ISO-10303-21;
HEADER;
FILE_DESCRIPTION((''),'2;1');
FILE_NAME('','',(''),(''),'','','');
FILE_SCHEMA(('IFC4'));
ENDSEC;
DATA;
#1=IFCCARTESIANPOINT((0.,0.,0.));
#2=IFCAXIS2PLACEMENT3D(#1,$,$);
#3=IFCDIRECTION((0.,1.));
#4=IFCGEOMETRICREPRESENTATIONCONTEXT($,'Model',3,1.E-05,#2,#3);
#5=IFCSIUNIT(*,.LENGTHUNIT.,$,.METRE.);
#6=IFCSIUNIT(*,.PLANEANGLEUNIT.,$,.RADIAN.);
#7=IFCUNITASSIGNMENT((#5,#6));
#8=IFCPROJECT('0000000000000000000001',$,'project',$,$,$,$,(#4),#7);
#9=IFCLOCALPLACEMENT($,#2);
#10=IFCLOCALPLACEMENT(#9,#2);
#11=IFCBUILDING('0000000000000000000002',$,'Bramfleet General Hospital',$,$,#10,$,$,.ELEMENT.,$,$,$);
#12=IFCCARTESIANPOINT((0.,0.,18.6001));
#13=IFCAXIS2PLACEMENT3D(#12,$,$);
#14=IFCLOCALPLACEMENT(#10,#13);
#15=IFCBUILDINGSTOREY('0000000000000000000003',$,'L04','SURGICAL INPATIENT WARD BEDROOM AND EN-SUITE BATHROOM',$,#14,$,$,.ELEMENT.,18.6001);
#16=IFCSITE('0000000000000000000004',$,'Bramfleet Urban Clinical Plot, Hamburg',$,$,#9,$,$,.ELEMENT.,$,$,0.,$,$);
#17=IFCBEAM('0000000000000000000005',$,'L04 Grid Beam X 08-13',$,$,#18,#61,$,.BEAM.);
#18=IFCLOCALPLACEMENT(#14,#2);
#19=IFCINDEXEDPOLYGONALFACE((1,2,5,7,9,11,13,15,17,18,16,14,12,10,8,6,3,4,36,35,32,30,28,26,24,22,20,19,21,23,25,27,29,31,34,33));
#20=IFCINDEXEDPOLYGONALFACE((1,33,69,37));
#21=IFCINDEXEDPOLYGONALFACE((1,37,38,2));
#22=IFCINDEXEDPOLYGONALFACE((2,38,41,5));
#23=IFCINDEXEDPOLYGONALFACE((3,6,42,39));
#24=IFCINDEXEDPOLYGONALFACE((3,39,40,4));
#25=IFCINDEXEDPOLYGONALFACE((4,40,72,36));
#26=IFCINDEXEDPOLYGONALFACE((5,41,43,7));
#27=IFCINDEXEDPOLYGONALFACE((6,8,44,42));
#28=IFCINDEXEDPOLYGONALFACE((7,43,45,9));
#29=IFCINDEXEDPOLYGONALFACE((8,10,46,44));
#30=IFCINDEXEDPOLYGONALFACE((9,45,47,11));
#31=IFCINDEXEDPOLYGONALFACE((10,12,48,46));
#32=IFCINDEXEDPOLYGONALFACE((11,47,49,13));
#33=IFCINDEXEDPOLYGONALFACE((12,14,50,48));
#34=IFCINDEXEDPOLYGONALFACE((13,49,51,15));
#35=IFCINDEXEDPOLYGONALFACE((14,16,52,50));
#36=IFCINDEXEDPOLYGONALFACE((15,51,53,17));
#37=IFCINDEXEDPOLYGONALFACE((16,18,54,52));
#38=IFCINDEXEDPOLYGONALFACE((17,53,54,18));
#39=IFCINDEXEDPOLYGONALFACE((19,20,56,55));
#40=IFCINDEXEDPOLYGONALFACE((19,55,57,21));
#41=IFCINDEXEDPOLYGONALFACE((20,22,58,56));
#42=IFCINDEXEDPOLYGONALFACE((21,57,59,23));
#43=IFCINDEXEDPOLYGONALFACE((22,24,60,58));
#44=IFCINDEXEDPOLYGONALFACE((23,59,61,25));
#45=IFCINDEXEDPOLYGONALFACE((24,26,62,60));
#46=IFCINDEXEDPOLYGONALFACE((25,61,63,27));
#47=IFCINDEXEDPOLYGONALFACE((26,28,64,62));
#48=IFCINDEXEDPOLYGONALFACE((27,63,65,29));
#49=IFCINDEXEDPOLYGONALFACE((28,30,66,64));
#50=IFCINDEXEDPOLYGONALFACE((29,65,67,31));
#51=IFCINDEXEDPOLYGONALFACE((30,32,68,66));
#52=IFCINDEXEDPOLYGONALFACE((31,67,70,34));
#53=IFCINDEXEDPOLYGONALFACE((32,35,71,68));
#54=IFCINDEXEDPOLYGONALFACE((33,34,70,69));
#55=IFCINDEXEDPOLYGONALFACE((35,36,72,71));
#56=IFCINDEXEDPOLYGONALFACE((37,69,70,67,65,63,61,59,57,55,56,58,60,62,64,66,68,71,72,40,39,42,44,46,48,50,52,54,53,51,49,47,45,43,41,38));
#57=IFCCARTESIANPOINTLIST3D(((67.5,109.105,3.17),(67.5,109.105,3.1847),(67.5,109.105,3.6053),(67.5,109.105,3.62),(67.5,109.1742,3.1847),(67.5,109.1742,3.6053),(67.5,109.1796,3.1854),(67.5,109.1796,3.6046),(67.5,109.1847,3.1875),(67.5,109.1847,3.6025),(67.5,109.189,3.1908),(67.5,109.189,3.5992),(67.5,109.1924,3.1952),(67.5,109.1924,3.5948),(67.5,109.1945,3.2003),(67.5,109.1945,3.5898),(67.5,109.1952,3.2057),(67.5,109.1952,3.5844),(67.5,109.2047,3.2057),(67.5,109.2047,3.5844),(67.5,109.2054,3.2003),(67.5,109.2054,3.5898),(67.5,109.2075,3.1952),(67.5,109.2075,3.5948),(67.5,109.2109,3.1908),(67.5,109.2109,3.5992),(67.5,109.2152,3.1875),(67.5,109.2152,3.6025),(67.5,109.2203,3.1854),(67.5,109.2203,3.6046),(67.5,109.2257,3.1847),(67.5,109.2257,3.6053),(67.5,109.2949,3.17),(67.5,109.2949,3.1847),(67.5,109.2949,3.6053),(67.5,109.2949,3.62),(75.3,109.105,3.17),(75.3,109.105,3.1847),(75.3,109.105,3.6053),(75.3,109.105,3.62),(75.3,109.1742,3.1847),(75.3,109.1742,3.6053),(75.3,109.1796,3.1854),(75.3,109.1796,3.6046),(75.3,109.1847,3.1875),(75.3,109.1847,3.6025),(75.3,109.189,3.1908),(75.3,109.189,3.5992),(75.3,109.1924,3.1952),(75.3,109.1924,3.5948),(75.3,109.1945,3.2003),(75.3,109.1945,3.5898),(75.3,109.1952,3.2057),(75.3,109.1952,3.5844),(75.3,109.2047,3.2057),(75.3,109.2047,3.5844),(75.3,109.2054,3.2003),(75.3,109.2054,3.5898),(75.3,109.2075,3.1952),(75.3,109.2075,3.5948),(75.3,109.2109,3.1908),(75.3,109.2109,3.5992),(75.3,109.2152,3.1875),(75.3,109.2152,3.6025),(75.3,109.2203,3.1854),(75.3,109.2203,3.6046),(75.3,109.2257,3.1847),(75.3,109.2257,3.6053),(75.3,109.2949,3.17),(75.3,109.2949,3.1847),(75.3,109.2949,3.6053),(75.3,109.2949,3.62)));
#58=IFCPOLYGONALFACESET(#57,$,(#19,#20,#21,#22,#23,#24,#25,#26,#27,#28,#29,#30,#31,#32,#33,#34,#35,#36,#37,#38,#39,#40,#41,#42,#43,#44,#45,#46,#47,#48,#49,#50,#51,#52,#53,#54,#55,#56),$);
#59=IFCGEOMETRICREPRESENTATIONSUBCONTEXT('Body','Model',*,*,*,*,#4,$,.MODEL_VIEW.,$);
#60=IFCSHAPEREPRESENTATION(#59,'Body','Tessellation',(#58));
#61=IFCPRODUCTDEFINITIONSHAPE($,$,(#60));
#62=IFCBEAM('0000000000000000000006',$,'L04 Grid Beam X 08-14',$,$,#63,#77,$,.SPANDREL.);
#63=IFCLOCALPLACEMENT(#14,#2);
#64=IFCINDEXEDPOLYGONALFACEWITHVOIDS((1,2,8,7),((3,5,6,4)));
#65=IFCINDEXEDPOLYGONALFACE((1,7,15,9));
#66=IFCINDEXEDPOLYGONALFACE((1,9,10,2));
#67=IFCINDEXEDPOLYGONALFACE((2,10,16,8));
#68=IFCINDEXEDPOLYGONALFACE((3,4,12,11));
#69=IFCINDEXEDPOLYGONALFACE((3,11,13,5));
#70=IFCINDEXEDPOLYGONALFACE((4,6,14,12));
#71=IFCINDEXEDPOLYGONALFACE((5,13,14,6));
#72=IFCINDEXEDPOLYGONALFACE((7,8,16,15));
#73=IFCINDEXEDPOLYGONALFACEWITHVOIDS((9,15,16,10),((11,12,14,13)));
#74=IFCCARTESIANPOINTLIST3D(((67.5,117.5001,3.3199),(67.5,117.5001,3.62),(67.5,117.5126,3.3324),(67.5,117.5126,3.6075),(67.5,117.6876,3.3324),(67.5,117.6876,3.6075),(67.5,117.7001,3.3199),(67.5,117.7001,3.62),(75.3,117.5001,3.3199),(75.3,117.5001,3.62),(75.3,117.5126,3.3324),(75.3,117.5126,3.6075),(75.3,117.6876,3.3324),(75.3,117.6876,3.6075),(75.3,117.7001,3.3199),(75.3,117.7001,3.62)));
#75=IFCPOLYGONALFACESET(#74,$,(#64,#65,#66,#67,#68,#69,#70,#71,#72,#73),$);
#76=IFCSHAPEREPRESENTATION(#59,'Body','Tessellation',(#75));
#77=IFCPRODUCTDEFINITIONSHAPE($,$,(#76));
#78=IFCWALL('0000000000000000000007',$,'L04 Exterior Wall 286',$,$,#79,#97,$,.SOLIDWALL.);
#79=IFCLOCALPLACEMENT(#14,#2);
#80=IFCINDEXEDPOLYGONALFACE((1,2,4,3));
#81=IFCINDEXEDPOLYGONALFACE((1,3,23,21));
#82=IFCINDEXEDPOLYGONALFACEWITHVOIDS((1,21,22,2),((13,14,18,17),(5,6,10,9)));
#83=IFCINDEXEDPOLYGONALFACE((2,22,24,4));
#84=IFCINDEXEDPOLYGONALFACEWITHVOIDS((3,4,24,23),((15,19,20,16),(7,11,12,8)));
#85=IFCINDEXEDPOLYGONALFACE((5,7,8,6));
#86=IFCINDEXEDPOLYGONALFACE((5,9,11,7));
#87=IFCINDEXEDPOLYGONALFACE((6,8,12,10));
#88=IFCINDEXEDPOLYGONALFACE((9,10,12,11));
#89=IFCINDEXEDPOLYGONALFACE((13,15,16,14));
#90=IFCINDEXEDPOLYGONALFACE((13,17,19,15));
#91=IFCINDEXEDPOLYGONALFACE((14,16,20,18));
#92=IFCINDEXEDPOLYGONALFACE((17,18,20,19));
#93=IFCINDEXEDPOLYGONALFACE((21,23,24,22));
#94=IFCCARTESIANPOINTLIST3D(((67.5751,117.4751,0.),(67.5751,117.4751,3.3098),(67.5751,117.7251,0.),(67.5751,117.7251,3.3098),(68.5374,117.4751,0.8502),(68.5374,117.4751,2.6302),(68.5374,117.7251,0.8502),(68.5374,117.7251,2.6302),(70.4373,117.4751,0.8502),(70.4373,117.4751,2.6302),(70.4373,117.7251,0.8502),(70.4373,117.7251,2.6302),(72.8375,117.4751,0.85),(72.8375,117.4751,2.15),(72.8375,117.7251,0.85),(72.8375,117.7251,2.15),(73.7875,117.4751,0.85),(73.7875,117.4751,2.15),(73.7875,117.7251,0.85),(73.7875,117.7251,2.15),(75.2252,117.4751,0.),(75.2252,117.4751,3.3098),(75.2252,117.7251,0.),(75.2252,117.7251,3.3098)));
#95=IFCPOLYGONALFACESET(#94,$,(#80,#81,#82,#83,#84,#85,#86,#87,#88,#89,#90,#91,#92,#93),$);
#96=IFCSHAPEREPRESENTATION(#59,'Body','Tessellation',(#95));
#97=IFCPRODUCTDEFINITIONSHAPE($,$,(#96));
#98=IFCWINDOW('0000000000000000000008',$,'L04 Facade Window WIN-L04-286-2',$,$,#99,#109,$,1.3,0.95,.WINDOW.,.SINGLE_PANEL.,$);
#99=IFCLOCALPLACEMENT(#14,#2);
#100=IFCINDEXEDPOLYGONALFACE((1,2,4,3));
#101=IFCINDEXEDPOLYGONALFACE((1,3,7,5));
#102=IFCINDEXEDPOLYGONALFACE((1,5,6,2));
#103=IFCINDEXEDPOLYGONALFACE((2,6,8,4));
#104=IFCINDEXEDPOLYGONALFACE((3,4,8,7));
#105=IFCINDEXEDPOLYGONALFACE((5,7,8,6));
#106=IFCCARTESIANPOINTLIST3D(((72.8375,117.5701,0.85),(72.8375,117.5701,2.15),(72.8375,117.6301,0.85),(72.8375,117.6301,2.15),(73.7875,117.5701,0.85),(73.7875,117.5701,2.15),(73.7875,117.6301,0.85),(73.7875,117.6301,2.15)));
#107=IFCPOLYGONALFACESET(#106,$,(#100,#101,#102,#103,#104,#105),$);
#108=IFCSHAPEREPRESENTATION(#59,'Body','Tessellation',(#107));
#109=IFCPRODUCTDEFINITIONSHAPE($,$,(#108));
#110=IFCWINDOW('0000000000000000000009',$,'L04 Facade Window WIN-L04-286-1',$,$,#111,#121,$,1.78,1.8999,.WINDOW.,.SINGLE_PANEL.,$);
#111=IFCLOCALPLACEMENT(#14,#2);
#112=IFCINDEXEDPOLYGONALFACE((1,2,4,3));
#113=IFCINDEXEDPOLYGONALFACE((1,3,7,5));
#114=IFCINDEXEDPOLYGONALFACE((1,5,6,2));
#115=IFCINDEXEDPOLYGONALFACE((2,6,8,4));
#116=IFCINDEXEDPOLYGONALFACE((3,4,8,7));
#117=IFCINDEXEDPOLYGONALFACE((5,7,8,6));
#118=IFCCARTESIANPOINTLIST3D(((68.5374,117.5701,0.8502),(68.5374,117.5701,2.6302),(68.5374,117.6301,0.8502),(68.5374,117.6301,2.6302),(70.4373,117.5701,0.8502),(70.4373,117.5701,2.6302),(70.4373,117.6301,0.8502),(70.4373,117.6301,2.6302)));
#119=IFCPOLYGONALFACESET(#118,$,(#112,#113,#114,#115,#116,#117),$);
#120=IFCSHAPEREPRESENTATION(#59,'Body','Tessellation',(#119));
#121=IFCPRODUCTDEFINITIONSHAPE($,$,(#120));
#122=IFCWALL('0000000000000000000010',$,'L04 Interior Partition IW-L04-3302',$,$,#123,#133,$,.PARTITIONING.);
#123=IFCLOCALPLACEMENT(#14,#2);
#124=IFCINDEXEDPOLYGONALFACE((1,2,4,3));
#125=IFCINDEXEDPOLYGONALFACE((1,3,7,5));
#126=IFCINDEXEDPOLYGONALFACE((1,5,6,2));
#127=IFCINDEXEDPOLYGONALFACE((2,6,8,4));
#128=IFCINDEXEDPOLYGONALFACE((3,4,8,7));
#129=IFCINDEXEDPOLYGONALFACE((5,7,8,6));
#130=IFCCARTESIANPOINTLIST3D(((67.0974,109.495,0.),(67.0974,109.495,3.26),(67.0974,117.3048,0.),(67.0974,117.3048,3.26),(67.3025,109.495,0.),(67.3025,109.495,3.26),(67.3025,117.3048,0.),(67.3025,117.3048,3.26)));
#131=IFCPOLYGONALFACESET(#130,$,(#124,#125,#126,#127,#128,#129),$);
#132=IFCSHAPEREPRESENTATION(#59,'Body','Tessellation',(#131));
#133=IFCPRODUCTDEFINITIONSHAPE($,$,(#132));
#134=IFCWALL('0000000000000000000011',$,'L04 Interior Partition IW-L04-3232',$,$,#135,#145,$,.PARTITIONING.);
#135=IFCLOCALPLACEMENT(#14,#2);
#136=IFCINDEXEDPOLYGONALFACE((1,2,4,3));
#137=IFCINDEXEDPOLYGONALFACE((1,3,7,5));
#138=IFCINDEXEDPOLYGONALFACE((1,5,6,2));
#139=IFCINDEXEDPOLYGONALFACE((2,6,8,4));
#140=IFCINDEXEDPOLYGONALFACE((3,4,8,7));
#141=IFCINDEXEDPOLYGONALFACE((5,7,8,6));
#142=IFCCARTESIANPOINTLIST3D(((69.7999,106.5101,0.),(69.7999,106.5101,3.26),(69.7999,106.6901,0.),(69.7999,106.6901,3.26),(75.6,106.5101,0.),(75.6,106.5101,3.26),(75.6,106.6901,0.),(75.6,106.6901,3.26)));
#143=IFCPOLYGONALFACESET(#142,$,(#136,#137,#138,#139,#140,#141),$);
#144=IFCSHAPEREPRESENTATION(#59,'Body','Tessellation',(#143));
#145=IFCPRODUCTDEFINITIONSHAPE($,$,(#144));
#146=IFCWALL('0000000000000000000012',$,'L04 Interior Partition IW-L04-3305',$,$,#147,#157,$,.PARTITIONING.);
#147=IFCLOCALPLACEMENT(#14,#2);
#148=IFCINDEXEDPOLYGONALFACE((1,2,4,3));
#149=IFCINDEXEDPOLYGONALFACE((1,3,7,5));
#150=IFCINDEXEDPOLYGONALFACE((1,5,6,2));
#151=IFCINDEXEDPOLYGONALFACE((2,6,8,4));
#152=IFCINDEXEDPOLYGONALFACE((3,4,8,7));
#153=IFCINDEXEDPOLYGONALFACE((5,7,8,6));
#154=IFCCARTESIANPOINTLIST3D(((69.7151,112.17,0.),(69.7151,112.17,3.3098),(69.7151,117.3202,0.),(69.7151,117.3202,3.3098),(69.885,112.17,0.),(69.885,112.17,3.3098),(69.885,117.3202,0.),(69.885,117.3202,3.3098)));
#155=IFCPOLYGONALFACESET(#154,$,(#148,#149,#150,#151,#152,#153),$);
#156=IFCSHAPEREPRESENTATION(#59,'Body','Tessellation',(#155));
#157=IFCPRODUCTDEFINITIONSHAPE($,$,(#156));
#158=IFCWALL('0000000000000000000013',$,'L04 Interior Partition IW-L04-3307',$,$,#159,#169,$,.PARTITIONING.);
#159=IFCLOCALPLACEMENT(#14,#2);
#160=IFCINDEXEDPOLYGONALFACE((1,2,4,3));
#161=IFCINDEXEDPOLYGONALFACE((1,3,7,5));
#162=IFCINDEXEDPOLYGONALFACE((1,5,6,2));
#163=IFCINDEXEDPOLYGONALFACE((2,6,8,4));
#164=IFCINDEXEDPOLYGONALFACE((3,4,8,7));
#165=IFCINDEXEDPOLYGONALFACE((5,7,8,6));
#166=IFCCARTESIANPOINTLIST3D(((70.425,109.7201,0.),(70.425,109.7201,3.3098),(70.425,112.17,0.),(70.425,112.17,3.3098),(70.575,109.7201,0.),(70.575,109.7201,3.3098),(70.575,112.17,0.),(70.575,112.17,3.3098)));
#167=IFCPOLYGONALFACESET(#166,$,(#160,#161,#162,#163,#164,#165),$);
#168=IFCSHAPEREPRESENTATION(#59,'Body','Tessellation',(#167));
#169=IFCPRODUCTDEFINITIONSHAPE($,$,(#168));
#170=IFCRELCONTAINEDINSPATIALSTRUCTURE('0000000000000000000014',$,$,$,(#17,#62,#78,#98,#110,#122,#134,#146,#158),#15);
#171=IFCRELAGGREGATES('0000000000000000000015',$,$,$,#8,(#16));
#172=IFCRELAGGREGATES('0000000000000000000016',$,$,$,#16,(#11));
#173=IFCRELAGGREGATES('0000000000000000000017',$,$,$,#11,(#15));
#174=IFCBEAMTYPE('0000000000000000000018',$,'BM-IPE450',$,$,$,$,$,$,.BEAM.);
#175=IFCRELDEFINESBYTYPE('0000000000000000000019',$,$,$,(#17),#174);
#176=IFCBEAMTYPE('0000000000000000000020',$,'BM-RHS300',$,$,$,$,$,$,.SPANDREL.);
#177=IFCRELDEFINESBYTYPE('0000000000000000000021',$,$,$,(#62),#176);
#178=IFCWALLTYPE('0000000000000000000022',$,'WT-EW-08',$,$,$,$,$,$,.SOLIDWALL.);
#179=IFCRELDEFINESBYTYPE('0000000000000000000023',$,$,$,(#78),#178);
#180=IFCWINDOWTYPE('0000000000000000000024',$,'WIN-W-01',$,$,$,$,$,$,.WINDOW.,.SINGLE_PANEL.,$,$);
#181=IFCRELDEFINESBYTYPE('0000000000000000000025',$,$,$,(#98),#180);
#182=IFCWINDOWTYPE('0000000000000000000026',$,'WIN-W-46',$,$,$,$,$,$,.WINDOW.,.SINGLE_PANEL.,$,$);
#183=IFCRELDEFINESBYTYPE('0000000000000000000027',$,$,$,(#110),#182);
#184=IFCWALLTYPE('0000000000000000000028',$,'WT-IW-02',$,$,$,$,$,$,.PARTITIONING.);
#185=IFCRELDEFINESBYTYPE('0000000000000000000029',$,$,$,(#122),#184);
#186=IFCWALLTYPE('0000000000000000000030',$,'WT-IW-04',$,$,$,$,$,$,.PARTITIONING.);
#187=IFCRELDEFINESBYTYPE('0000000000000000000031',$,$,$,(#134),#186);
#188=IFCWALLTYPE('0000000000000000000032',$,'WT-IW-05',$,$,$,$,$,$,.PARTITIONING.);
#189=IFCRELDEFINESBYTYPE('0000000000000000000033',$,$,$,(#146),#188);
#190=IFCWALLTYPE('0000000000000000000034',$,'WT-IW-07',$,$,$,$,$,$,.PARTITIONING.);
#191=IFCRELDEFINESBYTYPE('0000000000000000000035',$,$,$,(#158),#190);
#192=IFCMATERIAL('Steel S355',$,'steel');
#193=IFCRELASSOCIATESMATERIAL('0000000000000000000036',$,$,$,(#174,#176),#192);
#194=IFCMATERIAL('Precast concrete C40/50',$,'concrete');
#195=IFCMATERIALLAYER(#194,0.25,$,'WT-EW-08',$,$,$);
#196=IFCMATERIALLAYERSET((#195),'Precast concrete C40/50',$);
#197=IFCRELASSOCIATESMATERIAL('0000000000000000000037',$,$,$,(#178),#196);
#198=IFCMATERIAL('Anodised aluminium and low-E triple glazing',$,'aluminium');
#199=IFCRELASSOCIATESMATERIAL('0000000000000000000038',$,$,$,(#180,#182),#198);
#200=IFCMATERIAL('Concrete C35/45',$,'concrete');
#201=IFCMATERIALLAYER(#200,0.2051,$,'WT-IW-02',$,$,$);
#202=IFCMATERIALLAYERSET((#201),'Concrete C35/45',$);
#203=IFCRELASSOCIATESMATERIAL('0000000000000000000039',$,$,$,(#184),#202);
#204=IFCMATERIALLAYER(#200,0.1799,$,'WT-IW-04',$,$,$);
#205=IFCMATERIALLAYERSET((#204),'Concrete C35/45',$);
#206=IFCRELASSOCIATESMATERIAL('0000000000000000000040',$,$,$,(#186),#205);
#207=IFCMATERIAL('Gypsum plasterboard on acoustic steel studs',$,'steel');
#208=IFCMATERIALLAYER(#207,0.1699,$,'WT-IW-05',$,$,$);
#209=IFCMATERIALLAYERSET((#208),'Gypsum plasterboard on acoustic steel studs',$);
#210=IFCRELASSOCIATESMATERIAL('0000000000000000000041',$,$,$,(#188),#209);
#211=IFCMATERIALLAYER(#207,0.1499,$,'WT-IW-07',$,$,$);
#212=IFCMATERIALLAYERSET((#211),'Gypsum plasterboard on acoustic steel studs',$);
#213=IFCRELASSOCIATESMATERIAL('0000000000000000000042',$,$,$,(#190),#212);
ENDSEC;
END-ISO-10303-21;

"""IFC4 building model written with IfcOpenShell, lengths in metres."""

from ifc_helpers import new_model, si_unit, direction, frame, frame_2d, origin, origin_2d, place, context, subcontext, project, spatial, rectangle, hollow_rectangle, i_section, extrude, material, layer, layer_set, material_profile, profile_set, type_object, element, fill, save


model = new_model("IFC4")

# Units and contexts
model_context = context("Model", 3, precision=1e-05, world=origin(), true_north=direction((0.0, 1.0)))
body_context = subcontext(model_context, "Body", "Model", "MODEL_VIEW")
ifc_project = project(units=[si_unit("LENGTHUNIT", "METRE"), si_unit("PLANEANGLEUNIT", "RADIAN")], contexts=[model_context])

# Site, building, storey
site_placement = place(None, origin())
site = spatial("IfcSite", under=ifc_project, at=site_placement, Name="Bramfleet Urban Clinical Plot, Hamburg", CompositionType="ELEMENT", RefElevation=0.0)
building_placement = place(site_placement, origin())
building = spatial("IfcBuilding", under=site, at=building_placement, Name="Bramfleet General Hospital", CompositionType="ELEMENT")
storey_placement = place(building_placement, frame((0.0, 0.0, 18.6001)))
storey = spatial("IfcBuildingStorey", under=building, at=storey_placement, Name="L04", Description="SURGICAL INPATIENT WARD BEDROOM AND EN-SUITE BATHROOM", CompositionType="ELEMENT", Elevation=18.6001)

# Beams
ifc_material_1 = material(Name="Steel S355", Category="steel")
ifc_material_profile_1 = material_profile(ifc_material_1, i_section(OverallWidth=0.1899, OverallDepth=0.45, WebThickness=0.0095, FlangeThickness=0.0146, FilletRadius=0.021, at=origin_2d()), Name="IPE 450")
ifc_profile_set_1 = profile_set([ifc_material_profile_1], Name="Steel S355")
beam_type_1 = type_object("IfcBeamType", Name="BM-IPE450", PredefinedType="BEAM", material=ifc_profile_set_1)
beam_1_placement = place(storey_placement, frame((67.5, 109.2, 3.395), z_axis=(1.0, 0.0, 0.0), x_axis=(0.0, 1.0, 0.0)))
element("IfcBeam", 1, at=beam_1_placement, inside=storey, type_object=beam_type_1, Name="L04 Grid Beam X 08-13", PredefinedType="BEAM", context=body_context, shape_type="SweptSolid", body=[
    extrude(i_section(OverallWidth=0.1899, OverallDepth=0.45, WebThickness=0.0095, FlangeThickness=0.0146, FilletRadius=0.021, at=origin_2d()), origin(), (0.0, 0.0, 1.0), 7.8),
])
ifc_material_profile_2 = material_profile(ifc_material_1, hollow_rectangle(XDim=0.2, YDim=0.3, WallThickness=0.0125, at=origin_2d()), Name="RHS 300x200x12.5")
ifc_profile_set_2 = profile_set([ifc_material_profile_2], Name="Steel S355")
beam_type_2 = type_object("IfcBeamType", Name="BM-RHS300", PredefinedType="SPANDREL", material=ifc_profile_set_2)
beam_2_placement = place(storey_placement, frame((67.5, 117.6001, 3.47), z_axis=(1.0, 0.0, 0.0), x_axis=(0.0, 1.0, 0.0)))
element("IfcBeam", 2, at=beam_2_placement, inside=storey, type_object=beam_type_2, Name="L04 Grid Beam X 08-14", PredefinedType="SPANDREL", context=body_context, shape_type="SweptSolid", body=[
    extrude(hollow_rectangle(XDim=0.2, YDim=0.3, WallThickness=0.0125, at=origin_2d()), origin(), (0.0, 0.0, 1.0), 7.8),
])

# Wall, openings, windows
ifc_material_2 = material(Name="Precast concrete C40/50", Category="concrete")
ifc_layer_1 = layer(ifc_material_2, 0.25, Name="WT-EW-08")
ifc_layer_set_1 = layer_set([ifc_layer_1], Name="Precast concrete C40/50")
wall_type_1 = type_object("IfcWallType", Name="WT-EW-08", PredefinedType="SOLIDWALL", material=ifc_layer_set_1)
wall_1_placement = place(storey_placement, frame((67.575, 117.6001, 0.0), z_axis=(0.0, 0.0, 1.0), x_axis=(1.0, 0.0, 0.0)))
wall_1 = element("IfcWall", 3, at=wall_1_placement, inside=storey, type_object=wall_type_1, Name="L04 Exterior Wall 286", PredefinedType="SOLIDWALL", context=body_context, shape_type="SweptSolid", body=[
    extrude(rectangle(XDim=7.6501, YDim=0.25, at=frame_2d((3.8252, 0.0))), origin(), (0.0, 0.0, 1.0), 3.3098),
])
opening_1_placement = place(wall_1_placement, frame((0.9624, 0.0, 0.8501)))
opening_1 = element("IfcOpeningElement", 4, at=opening_1_placement, cuts=wall_1, PredefinedType="OPENING", context=body_context, shape_type="SweptSolid", body=[
    extrude(rectangle(XDim=1.8999, YDim=1.78, at=frame_2d((0.95, 0.8901))), frame((0.0, 0.135, 0.0), z_axis=(0.0, -1.0, 0.0), x_axis=(1.0, 0.0, 0.0)), (0.0, 0.0, 1.0), 0.27),
])
opening_2_placement = place(wall_1_placement, frame((5.2625, 0.0, 0.8501)))
opening_2 = element("IfcOpeningElement", 5, at=opening_2_placement, cuts=wall_1, PredefinedType="OPENING", context=body_context, shape_type="SweptSolid", body=[
    extrude(rectangle(XDim=0.95, YDim=1.3, at=frame_2d((0.4751, 0.6499))), frame((0.0, 0.135, 0.0), z_axis=(0.0, -1.0, 0.0), x_axis=(1.0, 0.0, 0.0)), (0.0, 0.0, 1.0), 0.27),
])
ifc_material_3 = material(Name="Anodised aluminium and low-E triple glazing", Category="aluminium")
window_type_1 = type_object("IfcWindowType", Name="WIN-W-01", PartitioningType="SINGLE_PANEL", PredefinedType="WINDOW", material=ifc_material_3)
window_1_placement = place(opening_2_placement, origin())
window_1 = element("IfcWindow", 6, at=window_1_placement, inside=storey, type_object=window_type_1, Name="L04 Facade Window WIN-L04-286-2", OverallHeight=1.3, OverallWidth=0.95, PartitioningType="SINGLE_PANEL", PredefinedType="WINDOW", context=body_context, shape_type="SweptSolid", body=[
    extrude(rectangle(XDim=0.95, YDim=1.3, at=frame_2d((0.4751, 0.6499))), frame((0.0, 0.03, 0.0), z_axis=(0.0, -1.0, 0.0), x_axis=(1.0, 0.0, 0.0)), (0.0, 0.0, 1.0), 0.0601),
])
fill(opening_2, window_1)
window_type_2 = type_object("IfcWindowType", Name="WIN-W-46", PartitioningType="SINGLE_PANEL", PredefinedType="WINDOW", material=ifc_material_3)
window_2_placement = place(opening_1_placement, origin())
window_2 = element("IfcWindow", 7, at=window_2_placement, inside=storey, type_object=window_type_2, Name="L04 Facade Window WIN-L04-286-1", OverallHeight=1.78, OverallWidth=1.8999, PartitioningType="SINGLE_PANEL", PredefinedType="WINDOW", context=body_context, shape_type="SweptSolid", body=[
    extrude(rectangle(XDim=1.8999, YDim=1.78, at=frame_2d((0.95, 0.8901))), frame((0.0, 0.03, 0.0), z_axis=(0.0, -1.0, 0.0), x_axis=(1.0, 0.0, 0.0)), (0.0, 0.0, 1.0), 0.0601),
])
fill(opening_1, window_2)

# Walls
ifc_material_4 = material(Name="Concrete C35/45", Category="concrete")
ifc_layer_2 = layer(ifc_material_4, 0.2051, Name="WT-IW-02")
ifc_layer_set_2 = layer_set([ifc_layer_2], Name="Concrete C35/45")
wall_type_2 = type_object("IfcWallType", Name="WT-IW-02", PredefinedType="PARTITIONING", material=ifc_layer_set_2)
wall_2_placement = place(storey_placement, frame((67.2, 109.4951, 0.0), z_axis=(0.0, 0.0, 1.0), x_axis=(0.0, 1.0, 0.0)))
element("IfcWall", 8, at=wall_2_placement, inside=storey, type_object=wall_type_2, Name="L04 Interior Partition IW-L04-3302", PredefinedType="PARTITIONING", context=body_context, shape_type="SweptSolid", body=[
    extrude(rectangle(XDim=7.8098, YDim=0.2051, at=frame_2d((3.9048, 0.0))), origin(), (0.0, 0.0, 1.0), 3.26),
])
ifc_layer_3 = layer(ifc_material_4, 0.1799, Name="WT-IW-04")
ifc_layer_set_3 = layer_set([ifc_layer_3], Name="Concrete C35/45")
wall_type_3 = type_object("IfcWallType", Name="WT-IW-04", PredefinedType="PARTITIONING", material=ifc_layer_set_3)
wall_3_placement = place(storey_placement, frame((69.8, 106.6001, 0.0), z_axis=(0.0, 0.0, 1.0), x_axis=(1.0, 0.0, 0.0)))
element("IfcWall", 9, at=wall_3_placement, inside=storey, type_object=wall_type_3, Name="L04 Interior Partition IW-L04-3232", PredefinedType="PARTITIONING", context=body_context, shape_type="SweptSolid", body=[
    extrude(rectangle(XDim=5.8, YDim=0.1799, at=frame_2d((2.8999, 0.0))), origin(), (0.0, 0.0, 1.0), 3.26),
])
ifc_material_5 = material(Name="Gypsum plasterboard on acoustic steel studs", Category="steel")
ifc_layer_4 = layer(ifc_material_5, 0.1699, Name="WT-IW-05")
ifc_layer_set_4 = layer_set([ifc_layer_4], Name="Gypsum plasterboard on acoustic steel studs")
wall_type_4 = type_object("IfcWallType", Name="WT-IW-05", PredefinedType="PARTITIONING", material=ifc_layer_set_4)
wall_4_placement = place(storey_placement, frame((69.8, 112.1699, 0.0), z_axis=(0.0, 0.0, 1.0), x_axis=(0.0, 1.0, 0.0)))
element("IfcWall", 10, at=wall_4_placement, inside=storey, type_object=wall_type_4, Name="L04 Interior Partition IW-L04-3305", PredefinedType="PARTITIONING", context=body_context, shape_type="SweptSolid", body=[
    extrude(rectangle(XDim=5.1501, YDim=0.1699, at=frame_2d((2.5752, 0.0))), origin(), (0.0, 0.0, 1.0), 3.3098),
])
ifc_layer_5 = layer(ifc_material_5, 0.1499, Name="WT-IW-07")
ifc_layer_set_5 = layer_set([ifc_layer_5], Name="Gypsum plasterboard on acoustic steel studs")
wall_type_5 = type_object("IfcWallType", Name="WT-IW-07", PredefinedType="PARTITIONING", material=ifc_layer_set_5)
wall_5_placement = place(storey_placement, frame((70.5, 109.72, 0.0), z_axis=(0.0, 0.0, 1.0), x_axis=(0.0, 1.0, 0.0)))
element("IfcWall", 11, at=wall_5_placement, inside=storey, type_object=wall_type_5, Name="L04 Interior Partition IW-L04-3307", PredefinedType="PARTITIONING", context=body_context, shape_type="SweptSolid", body=[
    extrude(rectangle(XDim=2.45, YDim=0.1499, at=frame_2d((1.2251, 0.0))), origin(), (0.0, 0.0, 1.0), 3.3098),
])

save(model, "model.ifc")
